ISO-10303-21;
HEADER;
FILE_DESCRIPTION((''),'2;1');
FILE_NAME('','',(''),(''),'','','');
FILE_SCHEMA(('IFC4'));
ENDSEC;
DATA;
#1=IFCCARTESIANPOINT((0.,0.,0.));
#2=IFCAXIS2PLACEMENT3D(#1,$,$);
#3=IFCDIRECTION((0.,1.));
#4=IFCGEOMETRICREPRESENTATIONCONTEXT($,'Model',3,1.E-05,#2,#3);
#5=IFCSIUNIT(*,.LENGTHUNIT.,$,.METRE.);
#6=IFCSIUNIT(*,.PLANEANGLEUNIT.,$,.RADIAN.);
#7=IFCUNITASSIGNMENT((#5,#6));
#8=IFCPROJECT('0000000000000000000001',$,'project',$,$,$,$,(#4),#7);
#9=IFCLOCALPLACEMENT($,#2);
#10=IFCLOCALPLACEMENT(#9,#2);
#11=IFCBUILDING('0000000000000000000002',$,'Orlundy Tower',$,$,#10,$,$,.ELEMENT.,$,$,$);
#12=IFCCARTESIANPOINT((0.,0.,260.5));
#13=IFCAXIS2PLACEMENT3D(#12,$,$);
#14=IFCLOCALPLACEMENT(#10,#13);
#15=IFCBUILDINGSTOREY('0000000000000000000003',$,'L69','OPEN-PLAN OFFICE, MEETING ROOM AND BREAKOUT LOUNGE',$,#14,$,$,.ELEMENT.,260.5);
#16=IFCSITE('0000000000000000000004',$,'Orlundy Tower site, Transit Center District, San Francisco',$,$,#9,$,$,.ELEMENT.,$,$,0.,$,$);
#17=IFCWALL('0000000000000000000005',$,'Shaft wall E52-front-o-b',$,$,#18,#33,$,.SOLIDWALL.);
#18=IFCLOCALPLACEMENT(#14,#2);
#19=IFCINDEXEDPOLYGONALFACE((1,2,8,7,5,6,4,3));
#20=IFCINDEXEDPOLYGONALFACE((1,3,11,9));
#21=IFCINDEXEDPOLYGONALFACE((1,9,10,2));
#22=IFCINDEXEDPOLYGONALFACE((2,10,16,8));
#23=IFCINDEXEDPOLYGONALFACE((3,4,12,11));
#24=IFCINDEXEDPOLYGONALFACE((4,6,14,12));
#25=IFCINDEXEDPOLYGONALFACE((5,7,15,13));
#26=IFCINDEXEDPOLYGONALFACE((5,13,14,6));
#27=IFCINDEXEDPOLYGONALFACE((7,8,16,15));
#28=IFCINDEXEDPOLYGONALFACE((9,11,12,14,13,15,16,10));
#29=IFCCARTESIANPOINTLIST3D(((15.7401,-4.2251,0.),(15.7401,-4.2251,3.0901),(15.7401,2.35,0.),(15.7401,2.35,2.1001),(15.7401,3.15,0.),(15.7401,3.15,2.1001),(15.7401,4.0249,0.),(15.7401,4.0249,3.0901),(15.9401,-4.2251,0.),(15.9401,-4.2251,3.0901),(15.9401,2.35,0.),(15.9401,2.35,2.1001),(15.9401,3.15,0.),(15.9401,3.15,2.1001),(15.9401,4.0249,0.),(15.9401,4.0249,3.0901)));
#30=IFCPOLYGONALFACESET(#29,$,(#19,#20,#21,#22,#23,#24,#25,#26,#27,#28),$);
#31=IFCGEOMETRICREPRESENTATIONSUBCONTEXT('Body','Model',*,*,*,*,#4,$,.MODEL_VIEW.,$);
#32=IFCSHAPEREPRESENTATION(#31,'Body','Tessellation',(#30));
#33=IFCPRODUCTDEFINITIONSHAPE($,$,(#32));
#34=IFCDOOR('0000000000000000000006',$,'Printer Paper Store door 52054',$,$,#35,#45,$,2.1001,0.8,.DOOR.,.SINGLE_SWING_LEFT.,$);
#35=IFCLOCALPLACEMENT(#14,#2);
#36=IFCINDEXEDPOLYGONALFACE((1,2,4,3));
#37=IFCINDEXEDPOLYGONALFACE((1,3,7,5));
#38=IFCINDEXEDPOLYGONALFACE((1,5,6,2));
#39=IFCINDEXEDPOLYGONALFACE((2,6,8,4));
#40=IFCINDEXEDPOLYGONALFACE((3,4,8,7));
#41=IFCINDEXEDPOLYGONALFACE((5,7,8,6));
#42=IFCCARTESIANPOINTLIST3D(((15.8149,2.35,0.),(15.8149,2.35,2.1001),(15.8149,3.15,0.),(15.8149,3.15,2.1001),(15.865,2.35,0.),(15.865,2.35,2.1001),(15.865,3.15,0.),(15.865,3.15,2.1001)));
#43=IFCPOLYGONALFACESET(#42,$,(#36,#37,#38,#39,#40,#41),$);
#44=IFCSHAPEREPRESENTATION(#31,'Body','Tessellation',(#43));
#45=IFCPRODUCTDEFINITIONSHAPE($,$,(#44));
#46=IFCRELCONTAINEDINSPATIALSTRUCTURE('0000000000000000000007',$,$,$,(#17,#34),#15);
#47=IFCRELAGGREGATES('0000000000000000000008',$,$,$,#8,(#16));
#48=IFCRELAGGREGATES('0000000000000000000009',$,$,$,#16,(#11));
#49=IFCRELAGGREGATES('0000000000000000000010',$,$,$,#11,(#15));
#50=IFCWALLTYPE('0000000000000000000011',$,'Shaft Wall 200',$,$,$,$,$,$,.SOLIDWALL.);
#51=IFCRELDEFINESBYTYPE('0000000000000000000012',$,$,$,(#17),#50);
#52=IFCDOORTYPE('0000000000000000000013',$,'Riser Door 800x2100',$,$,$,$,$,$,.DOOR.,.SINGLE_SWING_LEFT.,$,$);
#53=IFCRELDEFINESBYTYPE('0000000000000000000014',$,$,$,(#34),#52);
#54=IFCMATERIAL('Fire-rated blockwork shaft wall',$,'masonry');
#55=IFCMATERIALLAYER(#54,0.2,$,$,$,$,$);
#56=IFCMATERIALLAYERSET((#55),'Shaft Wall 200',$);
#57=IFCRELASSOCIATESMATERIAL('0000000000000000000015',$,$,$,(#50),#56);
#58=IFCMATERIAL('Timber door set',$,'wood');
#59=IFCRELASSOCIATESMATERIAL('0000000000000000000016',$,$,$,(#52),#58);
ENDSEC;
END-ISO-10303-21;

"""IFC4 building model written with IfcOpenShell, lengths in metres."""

from ifc_helpers import new_model, si_unit, direction, frame, frame_2d, origin, place, context, subcontext, project, spatial, rectangle, extrude, material, layer, layer_set, type_object, element, fill, save


model = new_model("IFC4")

# Units and contexts
model_context = context("Model", 3, precision=1e-05, world=origin(), true_north=direction((0.0, 1.0)))
body_context = subcontext(model_context, "Body", "Model", "MODEL_VIEW")
ifc_project = project(units=[si_unit("LENGTHUNIT", "METRE"), si_unit("PLANEANGLEUNIT", "RADIAN")], contexts=[model_context])

# Site, building, storey
site_placement = place(None, origin())
site = spatial("IfcSite", under=ifc_project, at=site_placement, Name="Orlundy Tower site, Transit Center District, San Francisco", CompositionType="ELEMENT", RefElevation=0.0)
building_placement = place(site_placement, origin())
building = spatial("IfcBuilding", under=site, at=building_placement, Name="Orlundy Tower", CompositionType="ELEMENT")
storey_placement = place(building_placement, frame((0.0, 0.0, 260.5)))
storey = spatial("IfcBuildingStorey", under=building, at=storey_placement, Name="L69", Description="OPEN-PLAN OFFICE, MEETING ROOM AND BREAKOUT LOUNGE", CompositionType="ELEMENT", Elevation=260.5)

# Shared definitions
ifc_material_1 = material(Name="Fire-rated blockwork shaft wall", Category="masonry")
ifc_layer_1 = layer(ifc_material_1, 0.2)
ifc_layer_set_1 = layer_set([ifc_layer_1], Name="Shaft Wall 200")
wall_type_1 = type_object("IfcWallType", Name="Shaft Wall 200", PredefinedType="SOLIDWALL", material=ifc_layer_set_1)

# Shared definitions
ifc_material_2 = material(Name="Timber door set", Category="wood")
door_type_1 = type_object("IfcDoorType", Name="Riser Door 800x2100", OperationType="SINGLE_SWING_LEFT", PredefinedType="DOOR", material=ifc_material_2)

# Wall, opening, door
wall_1_placement = place(storey_placement, frame((15.8401, 4.0249, 0.0), z_axis=(0.0, 0.0, 1.0), x_axis=(0.0, -1.0, 0.0)))
wall_1 = element("IfcWall", 1, at=wall_1_placement, inside=storey, type_object=wall_type_1, Name="Shaft wall E52-front-o-b", PredefinedType="SOLIDWALL", context=body_context, shape_type="SweptSolid", body=[
    extrude(rectangle(XDim=8.25, YDim=0.2, at=frame_2d((4.125, 0.0))), origin(), (0.0, 0.0, 1.0), 3.0901),
])
opening_1_placement = place(wall_1_placement, frame((0.875, 0.0, 0.0)))
opening_1 = element("IfcOpeningElement", 2, at=opening_1_placement, cuts=wall_1, PredefinedType="OPENING", context=body_context, shape_type="SweptSolid", body=[
    extrude(rectangle(XDim=0.8, YDim=2.1001, at=frame_2d((0.3999, 1.05))), frame((0.0, 0.1101, 0.0), z_axis=(0.0, -1.0, 0.0), x_axis=(1.0, 0.0, 0.0)), (0.0, 0.0, 1.0), 0.2202),
])
door_1_placement = place(opening_1_placement, origin())
door_1 = element("IfcDoor", 3, at=door_1_placement, inside=storey, type_object=door_type_1, Name="Printer Paper Store door 52054", OperationType="SINGLE_SWING_LEFT", OverallHeight=2.1001, OverallWidth=0.8, PredefinedType="DOOR", context=body_context, shape_type="SweptSolid", body=[
    extrude(rectangle(XDim=0.8, YDim=2.1001, at=frame_2d((0.3999, 1.05))), frame((0.0, 0.0249, 0.0), z_axis=(0.0, -1.0, 0.0), x_axis=(1.0, 0.0, 0.0)), (0.0, 0.0, 1.0), 0.05),
])
fill(opening_1, door_1)

save(model, "model.ifc")
